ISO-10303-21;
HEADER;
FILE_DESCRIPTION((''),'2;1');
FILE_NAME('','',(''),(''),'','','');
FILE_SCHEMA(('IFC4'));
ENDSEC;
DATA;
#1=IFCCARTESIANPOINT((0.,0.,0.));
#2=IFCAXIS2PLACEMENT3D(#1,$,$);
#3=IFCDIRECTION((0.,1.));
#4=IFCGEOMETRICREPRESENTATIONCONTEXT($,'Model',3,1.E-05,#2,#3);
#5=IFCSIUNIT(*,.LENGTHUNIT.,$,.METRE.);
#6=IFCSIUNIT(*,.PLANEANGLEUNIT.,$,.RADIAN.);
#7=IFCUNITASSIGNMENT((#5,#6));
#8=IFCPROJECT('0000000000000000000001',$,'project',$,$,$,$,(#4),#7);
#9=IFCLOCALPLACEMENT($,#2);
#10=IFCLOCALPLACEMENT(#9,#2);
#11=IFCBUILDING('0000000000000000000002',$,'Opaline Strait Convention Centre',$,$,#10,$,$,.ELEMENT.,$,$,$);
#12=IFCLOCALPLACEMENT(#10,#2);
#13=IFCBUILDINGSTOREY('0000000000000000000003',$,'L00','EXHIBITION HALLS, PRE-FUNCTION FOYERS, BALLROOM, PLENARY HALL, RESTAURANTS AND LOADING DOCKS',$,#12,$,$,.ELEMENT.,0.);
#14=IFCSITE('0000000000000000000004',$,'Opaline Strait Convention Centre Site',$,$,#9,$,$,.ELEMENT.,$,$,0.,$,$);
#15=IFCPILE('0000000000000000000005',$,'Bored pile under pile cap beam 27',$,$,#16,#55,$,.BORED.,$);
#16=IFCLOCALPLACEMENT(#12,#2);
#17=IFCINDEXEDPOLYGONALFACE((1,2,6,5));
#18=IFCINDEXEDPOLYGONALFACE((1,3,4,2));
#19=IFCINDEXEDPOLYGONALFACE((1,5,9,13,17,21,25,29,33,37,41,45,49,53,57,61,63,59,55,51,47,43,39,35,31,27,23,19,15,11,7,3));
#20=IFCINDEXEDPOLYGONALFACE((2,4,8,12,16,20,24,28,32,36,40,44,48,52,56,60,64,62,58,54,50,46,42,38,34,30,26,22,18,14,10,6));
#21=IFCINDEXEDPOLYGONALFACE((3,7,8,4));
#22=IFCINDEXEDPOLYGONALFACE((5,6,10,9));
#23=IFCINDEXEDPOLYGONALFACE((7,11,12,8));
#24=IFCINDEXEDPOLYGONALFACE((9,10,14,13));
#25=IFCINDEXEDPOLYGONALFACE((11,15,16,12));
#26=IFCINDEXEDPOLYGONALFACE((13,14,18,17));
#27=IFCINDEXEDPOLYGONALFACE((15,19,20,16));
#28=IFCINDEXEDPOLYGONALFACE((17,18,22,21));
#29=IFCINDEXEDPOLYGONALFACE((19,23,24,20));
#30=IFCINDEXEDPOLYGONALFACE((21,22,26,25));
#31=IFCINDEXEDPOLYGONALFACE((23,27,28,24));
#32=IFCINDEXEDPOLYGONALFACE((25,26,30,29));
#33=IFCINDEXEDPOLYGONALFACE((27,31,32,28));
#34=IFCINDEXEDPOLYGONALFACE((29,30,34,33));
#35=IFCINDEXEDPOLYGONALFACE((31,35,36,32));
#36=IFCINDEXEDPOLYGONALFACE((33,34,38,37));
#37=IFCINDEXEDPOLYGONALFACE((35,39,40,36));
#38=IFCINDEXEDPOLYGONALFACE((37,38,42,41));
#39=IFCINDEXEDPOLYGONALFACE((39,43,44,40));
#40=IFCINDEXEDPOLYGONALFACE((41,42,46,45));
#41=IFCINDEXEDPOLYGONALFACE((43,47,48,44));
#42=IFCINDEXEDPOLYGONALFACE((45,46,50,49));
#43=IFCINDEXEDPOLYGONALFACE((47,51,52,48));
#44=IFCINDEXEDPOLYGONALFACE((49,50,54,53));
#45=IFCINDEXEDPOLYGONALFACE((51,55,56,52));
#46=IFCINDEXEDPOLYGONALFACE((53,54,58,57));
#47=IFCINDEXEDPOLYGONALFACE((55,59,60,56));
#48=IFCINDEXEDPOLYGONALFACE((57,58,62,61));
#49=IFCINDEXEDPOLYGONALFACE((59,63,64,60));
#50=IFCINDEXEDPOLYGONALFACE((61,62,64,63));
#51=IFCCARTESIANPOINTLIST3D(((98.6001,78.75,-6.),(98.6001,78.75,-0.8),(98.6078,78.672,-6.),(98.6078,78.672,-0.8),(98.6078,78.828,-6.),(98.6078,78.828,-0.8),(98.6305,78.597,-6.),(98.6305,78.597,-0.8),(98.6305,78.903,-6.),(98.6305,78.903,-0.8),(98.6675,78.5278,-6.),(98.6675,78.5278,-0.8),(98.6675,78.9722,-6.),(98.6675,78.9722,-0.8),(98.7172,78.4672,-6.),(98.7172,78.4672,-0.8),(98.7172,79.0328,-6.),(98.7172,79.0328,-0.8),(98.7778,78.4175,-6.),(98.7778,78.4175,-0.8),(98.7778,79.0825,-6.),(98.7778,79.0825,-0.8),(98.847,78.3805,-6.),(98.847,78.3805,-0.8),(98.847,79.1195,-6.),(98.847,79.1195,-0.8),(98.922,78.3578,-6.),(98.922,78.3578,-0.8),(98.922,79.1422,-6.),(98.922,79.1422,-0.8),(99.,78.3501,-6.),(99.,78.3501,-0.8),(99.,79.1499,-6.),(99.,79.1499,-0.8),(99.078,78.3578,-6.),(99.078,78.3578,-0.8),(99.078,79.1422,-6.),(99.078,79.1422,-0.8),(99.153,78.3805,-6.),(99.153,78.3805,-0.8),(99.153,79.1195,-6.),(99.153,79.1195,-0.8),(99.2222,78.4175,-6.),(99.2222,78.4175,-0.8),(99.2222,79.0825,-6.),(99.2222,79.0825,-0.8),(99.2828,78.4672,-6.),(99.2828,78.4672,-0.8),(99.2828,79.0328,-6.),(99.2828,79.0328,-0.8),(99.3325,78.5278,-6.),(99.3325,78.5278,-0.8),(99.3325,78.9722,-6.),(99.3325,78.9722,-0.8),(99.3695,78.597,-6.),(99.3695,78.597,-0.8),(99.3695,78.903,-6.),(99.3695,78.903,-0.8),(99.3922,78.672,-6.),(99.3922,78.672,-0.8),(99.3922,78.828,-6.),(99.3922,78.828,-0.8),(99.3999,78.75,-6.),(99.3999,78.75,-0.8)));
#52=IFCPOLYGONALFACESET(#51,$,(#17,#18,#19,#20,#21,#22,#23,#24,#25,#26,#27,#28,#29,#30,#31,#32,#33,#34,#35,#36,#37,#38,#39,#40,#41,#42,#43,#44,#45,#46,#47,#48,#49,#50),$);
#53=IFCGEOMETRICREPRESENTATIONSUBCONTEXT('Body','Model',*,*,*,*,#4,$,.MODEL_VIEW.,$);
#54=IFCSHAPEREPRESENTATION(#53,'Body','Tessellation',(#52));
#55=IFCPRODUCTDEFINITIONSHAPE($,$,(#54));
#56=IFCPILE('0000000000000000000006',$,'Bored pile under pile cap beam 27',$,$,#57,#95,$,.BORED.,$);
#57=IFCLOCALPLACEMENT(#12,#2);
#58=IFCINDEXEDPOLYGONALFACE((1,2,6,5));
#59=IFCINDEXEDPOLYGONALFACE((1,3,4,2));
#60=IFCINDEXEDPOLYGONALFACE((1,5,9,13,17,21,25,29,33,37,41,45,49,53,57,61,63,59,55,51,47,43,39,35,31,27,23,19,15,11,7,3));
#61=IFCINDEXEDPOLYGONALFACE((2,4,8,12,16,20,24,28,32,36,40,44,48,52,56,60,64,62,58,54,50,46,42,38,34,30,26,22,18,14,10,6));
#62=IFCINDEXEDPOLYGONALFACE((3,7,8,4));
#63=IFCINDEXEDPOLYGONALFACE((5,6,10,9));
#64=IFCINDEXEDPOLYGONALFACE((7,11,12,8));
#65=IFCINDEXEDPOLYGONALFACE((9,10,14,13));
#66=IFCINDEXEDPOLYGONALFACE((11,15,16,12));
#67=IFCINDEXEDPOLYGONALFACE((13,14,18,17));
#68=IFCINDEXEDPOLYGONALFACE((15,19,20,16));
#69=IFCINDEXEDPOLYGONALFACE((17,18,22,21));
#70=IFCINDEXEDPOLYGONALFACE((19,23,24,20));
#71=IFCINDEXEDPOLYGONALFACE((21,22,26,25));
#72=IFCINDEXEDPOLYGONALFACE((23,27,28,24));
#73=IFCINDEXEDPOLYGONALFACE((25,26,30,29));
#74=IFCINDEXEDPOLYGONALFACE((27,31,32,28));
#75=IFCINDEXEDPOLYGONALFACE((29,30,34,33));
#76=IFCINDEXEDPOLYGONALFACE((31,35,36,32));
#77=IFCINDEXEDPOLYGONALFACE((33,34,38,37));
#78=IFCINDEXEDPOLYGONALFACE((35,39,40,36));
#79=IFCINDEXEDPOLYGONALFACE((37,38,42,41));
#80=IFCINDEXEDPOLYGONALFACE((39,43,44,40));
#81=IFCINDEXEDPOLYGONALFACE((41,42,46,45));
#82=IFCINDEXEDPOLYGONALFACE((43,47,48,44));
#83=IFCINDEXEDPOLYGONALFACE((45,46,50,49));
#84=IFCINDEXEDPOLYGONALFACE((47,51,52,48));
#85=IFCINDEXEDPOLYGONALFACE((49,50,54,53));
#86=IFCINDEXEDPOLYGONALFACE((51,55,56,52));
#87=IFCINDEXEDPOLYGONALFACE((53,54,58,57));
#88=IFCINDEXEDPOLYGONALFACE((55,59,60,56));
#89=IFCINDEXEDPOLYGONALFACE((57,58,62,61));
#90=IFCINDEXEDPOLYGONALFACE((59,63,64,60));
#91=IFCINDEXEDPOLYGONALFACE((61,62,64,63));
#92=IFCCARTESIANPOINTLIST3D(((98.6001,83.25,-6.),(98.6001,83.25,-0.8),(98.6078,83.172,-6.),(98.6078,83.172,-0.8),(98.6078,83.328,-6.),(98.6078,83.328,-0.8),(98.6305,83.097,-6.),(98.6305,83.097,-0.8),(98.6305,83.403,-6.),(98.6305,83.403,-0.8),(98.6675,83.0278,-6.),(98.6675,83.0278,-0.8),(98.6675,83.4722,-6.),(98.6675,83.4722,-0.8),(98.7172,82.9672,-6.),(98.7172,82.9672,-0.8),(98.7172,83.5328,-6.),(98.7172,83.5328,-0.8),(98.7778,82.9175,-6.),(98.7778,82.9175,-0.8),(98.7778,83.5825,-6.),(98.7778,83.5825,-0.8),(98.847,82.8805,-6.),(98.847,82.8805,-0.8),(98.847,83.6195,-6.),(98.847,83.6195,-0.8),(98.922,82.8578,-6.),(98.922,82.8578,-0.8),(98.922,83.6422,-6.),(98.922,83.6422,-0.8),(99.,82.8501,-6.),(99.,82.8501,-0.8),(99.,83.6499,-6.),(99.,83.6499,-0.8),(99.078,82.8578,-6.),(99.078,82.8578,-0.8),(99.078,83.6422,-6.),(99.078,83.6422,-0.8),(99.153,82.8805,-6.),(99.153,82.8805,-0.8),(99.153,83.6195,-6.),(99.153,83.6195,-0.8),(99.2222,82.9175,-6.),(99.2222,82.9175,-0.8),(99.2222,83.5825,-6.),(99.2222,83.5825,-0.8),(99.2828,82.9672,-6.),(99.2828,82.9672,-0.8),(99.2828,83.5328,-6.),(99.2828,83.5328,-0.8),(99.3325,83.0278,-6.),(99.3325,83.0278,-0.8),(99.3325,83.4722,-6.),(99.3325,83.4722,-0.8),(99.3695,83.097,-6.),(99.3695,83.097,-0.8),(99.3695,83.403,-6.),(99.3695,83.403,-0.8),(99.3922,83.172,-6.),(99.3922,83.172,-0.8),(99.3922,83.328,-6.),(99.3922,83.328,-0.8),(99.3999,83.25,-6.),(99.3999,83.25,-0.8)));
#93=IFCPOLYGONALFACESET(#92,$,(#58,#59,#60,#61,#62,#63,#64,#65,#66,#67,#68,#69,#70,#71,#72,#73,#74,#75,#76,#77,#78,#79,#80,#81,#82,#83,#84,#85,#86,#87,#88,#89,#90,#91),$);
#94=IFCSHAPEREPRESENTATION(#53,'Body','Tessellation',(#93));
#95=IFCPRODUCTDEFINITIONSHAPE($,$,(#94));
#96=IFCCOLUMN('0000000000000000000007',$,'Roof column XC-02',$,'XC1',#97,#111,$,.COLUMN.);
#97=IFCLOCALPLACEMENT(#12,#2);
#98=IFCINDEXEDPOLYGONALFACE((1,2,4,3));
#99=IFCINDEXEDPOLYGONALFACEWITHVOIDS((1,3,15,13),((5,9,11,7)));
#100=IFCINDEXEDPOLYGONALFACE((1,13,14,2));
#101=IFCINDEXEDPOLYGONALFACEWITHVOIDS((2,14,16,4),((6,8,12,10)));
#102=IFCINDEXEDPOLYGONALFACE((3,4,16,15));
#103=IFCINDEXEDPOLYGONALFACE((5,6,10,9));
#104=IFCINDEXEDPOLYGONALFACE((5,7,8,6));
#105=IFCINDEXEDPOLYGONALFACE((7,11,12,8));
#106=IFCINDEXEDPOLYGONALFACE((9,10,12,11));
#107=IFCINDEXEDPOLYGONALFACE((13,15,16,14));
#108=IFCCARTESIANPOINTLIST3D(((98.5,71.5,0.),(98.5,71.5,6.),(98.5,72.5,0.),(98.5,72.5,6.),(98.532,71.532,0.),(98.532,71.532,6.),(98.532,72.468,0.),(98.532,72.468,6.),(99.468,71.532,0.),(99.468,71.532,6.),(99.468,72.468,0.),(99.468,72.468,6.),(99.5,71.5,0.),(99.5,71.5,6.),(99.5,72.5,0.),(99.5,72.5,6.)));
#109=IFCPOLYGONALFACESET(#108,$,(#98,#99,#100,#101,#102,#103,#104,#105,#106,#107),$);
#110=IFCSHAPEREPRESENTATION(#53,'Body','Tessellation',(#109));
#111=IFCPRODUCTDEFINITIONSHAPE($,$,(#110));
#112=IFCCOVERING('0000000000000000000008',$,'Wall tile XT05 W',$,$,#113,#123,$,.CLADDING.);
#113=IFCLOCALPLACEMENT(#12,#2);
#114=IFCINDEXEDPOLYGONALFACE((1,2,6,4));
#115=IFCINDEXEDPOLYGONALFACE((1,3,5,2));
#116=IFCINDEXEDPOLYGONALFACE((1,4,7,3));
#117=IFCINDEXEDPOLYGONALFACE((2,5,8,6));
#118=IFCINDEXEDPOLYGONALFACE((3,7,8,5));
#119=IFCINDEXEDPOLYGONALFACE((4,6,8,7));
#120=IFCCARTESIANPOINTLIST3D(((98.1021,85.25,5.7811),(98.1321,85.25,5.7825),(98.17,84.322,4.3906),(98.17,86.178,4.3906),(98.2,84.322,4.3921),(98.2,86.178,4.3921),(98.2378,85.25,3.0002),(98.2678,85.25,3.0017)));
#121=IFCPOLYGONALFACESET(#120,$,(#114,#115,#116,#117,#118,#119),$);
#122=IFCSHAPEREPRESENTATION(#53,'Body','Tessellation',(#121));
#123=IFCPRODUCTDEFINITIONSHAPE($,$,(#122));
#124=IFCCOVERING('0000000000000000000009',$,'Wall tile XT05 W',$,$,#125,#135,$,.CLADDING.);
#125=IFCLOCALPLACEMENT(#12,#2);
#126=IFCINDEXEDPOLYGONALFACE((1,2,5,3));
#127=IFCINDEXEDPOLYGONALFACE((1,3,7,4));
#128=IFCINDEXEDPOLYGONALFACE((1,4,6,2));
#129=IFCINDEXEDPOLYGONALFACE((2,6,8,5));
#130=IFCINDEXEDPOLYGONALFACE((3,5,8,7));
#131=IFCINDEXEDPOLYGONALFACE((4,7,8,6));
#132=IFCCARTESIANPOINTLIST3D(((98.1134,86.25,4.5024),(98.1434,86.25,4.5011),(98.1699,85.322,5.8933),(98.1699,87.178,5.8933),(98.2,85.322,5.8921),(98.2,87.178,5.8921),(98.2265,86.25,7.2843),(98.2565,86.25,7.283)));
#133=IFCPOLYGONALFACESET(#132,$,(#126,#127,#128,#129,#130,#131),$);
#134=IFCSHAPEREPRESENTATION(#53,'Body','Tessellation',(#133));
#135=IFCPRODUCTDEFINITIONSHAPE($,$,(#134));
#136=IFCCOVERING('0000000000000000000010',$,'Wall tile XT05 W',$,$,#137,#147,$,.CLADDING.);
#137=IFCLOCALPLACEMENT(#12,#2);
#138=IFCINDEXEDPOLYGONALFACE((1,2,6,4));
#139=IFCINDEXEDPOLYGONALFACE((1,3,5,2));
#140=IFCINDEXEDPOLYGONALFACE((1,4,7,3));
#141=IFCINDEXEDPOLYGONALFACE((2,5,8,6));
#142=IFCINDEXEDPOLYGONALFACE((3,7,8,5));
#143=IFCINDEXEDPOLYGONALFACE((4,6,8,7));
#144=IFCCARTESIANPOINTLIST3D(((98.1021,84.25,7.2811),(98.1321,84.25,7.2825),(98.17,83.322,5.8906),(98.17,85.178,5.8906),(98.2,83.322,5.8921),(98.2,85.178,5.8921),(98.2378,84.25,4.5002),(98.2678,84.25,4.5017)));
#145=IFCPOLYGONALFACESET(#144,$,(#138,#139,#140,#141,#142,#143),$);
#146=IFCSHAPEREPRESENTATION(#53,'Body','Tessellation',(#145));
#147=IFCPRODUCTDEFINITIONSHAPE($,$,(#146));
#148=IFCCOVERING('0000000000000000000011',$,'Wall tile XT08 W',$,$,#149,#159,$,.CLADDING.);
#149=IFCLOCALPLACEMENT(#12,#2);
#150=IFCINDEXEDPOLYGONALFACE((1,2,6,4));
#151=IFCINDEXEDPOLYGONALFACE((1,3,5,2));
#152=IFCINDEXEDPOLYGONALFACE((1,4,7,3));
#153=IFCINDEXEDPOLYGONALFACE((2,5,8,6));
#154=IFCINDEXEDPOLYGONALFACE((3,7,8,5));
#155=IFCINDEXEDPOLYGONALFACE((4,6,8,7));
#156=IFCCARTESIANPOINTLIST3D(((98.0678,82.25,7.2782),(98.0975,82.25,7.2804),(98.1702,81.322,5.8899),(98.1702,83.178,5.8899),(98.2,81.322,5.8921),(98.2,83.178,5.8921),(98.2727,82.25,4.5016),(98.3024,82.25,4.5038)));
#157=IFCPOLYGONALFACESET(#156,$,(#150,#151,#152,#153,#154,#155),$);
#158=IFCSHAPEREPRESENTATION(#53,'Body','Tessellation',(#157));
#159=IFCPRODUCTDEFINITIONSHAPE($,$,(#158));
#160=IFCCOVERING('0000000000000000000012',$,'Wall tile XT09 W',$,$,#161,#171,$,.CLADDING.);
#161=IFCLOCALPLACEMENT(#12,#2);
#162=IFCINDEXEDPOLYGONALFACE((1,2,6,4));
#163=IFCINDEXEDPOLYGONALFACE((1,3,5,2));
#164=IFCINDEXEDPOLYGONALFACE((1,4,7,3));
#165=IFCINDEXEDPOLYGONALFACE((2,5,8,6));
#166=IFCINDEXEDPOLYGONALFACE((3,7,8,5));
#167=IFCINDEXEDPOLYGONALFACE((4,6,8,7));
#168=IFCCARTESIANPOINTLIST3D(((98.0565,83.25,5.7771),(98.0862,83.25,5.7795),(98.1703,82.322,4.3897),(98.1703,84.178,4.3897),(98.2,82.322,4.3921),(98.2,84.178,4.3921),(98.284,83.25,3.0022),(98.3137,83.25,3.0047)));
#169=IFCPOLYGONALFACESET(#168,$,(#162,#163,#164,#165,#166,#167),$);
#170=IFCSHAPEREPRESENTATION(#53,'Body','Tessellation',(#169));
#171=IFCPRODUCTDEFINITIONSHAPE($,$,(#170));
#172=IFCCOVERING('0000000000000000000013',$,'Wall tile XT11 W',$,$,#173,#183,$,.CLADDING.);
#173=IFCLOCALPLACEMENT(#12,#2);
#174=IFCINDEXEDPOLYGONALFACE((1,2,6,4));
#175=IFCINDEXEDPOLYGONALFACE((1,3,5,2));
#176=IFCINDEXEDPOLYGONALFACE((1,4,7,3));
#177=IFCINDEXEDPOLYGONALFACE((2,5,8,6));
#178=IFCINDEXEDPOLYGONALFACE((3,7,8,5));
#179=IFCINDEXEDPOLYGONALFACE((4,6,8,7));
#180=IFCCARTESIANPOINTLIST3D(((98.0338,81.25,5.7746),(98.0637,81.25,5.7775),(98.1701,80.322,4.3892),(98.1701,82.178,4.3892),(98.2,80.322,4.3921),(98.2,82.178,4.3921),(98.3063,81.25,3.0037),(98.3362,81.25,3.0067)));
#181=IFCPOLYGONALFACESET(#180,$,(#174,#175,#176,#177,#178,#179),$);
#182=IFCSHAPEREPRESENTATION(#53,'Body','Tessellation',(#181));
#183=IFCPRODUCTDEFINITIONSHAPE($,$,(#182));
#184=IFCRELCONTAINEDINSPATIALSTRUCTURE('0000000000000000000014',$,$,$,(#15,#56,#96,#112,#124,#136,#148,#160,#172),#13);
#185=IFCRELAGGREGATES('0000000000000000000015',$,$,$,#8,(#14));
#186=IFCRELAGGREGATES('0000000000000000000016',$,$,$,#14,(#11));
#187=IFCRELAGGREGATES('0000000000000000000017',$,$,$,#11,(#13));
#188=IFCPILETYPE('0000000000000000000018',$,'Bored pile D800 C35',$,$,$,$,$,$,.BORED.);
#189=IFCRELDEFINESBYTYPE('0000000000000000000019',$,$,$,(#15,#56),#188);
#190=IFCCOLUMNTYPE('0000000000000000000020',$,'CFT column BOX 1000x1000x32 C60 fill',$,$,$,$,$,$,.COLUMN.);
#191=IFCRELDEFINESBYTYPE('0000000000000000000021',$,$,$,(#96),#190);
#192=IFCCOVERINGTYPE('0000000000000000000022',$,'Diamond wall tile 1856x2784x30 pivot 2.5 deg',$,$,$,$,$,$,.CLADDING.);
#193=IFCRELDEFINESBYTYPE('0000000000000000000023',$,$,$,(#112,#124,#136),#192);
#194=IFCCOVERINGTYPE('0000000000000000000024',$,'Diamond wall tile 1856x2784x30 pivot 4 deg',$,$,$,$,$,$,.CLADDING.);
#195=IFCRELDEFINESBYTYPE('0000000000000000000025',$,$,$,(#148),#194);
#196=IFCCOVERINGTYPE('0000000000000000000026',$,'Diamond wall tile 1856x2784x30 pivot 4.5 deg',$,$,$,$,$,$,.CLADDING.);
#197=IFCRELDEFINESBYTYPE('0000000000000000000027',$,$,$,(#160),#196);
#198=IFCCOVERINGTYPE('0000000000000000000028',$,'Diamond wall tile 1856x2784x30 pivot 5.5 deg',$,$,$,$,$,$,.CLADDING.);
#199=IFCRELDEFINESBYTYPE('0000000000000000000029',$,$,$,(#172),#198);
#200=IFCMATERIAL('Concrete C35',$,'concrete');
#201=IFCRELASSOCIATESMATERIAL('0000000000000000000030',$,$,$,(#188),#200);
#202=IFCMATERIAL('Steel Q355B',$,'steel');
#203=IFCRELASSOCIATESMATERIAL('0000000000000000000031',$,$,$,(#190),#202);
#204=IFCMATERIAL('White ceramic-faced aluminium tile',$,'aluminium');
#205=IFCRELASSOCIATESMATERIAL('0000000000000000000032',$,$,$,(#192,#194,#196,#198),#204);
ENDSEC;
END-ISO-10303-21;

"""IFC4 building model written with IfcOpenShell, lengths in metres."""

from ifc_helpers import new_model, si_unit, direction, frame, origin, origin_2d, place, context, subcontext, project, spatial, polyline, hollow_rectangle, circle, outline, extrude, material, material_profile, profile_set, type_object, element, save


model = new_model("IFC4")

# Units and contexts
model_context = context("Model", 3, precision=1e-05, world=origin(), true_north=direction((0.0, 1.0)))
body_context = subcontext(model_context, "Body", "Model", "MODEL_VIEW")
ifc_project = project(units=[si_unit("LENGTHUNIT", "METRE"), si_unit("PLANEANGLEUNIT", "RADIAN")], contexts=[model_context])

# Site, building, storey
site_placement = place(None, origin())
site = spatial("IfcSite", under=ifc_project, at=site_placement, Name="Opaline Strait Convention Centre Site", CompositionType="ELEMENT", RefElevation=0.0)
building_placement = place(site_placement, origin())
building = spatial("IfcBuilding", under=site, at=building_placement, Name="Opaline Strait Convention Centre", CompositionType="ELEMENT")
storey_placement = place(building_placement, origin())
storey = spatial("IfcBuildingStorey", under=building, at=storey_placement, Name="L00", Description="EXHIBITION HALLS, PRE-FUNCTION FOYERS, BALLROOM, PLENARY HALL, RESTAURANTS AND LOADING DOCKS", CompositionType="ELEMENT", Elevation=0.0)

# Piles
ifc_material_1 = material(Name="Concrete C35", Category="concrete")
ifc_material_profile_1 = material_profile(ifc_material_1, circle(Radius=0.3999, at=origin_2d()), Name="D800")
ifc_profile_set_1 = profile_set([ifc_material_profile_1], Name="Concrete C35")
pile_type = type_object("IfcPileType", Name="Bored pile D800 C35", PredefinedType="BORED", material=ifc_profile_set_1)
for number, where, z_axis, x_axis, name in (
    (1, (99.0, 78.75, -0.8), (0.0, 0.0, -1.0), (1.0, 0.0, 0.0), "Bored pile under pile cap beam 27"),
    (2, (99.0, 83.25, -0.8), (0.0, 0.0, -1.0), (1.0, 0.0, 0.0), "Bored pile under pile cap beam 27"),
):
    element("IfcPile", number, at=place(storey_placement, frame(where, z_axis=z_axis, x_axis=x_axis)), inside=storey, type_object=pile_type, Name=name, PredefinedType="BORED", context=body_context, shape_type="SweptSolid", body=[
        extrude(circle(Radius=0.3999, at=origin_2d()), origin(), (0.0, 0.0, 1.0), 5.2),
    ])

# Column
ifc_material_2 = material(Name="Steel Q355B", Category="steel")
ifc_material_profile_2 = material_profile(ifc_material_2, hollow_rectangle(XDim=1.0, YDim=1.0, WallThickness=0.032, at=origin_2d()), Name="BOX 1000x1000x32")
ifc_profile_set_2 = profile_set([ifc_material_profile_2], Name="Steel Q355B")
column_type = type_object("IfcColumnType", Name="CFT column BOX 1000x1000x32 C60 fill", PredefinedType="COLUMN", material=ifc_profile_set_2)
column_placement = place(storey_placement, frame((99.0, 72.0, 0.0), z_axis=(0.0, 0.0, 1.0), x_axis=(1.0, 0.0, 0.0)))
element("IfcColumn", 3, at=column_placement, inside=storey, type_object=column_type, Name="Roof column XC-02", ObjectType="XC1", PredefinedType="COLUMN", context=body_context, shape_type="SweptSolid", body=[
    extrude(hollow_rectangle(XDim=1.0, YDim=1.0, WallThickness=0.032, at=origin_2d()), origin(), (0.0, 0.0, 1.0), 6.0),
])

# Coverings
ifc_material_3 = material(Name="White ceramic-faced aluminium tile", Category="aluminium")
ifc_material_profile_3 = material_profile(ifc_material_3, outline(polyline([(0.928, 0.0), (0.0, 1.3921), (-0.928, 0.0), (0.0, -1.3921), (0.928, 0.0)])), Name="Diamond tile 1856x2784")
ifc_profile_set_3 = profile_set([ifc_material_profile_3], Name="White ceramic-faced aluminium tile")
covering_type_1 = type_object("IfcCoveringType", Name="Diamond wall tile 1856x2784x30 pivot 2.5 deg", PredefinedType="CLADDING", material=ifc_profile_set_3)
for number, where, z_axis, x_axis, name in (
    (4, (98.2, 85.25, 4.3921), (-0.998812, 0.0, -0.048723), (0.0, -1.0, 0.0), "Wall tile XT05 W"),
    (5, (98.2, 86.25, 5.8921), (-0.999175, 0.0, 0.040617), (0.0, -1.0, 0.0), "Wall tile XT05 W"),
    (6, (98.2, 84.25, 5.8921), (-0.998812, 0.0, -0.048723), (0.0, -1.0, 0.0), "Wall tile XT05 W"),
):
    element("IfcCovering", number, at=place(storey_placement, frame(where, z_axis=z_axis, x_axis=x_axis)), inside=storey, type_object=covering_type_1, Name=name, PredefinedType="CLADDING", context=body_context, shape_type="SweptSolid", body=[
        extrude(outline(polyline([(0.928, 0.0), (0.0, 1.3921), (-0.928, 0.0), (0.0, -1.3921), (0.928, 0.0)])), origin(), (0.0, 0.0, 1.0), 0.03),
    ])
ifc_material_profile_4 = material_profile(ifc_material_3, outline(polyline([(0.928, 0.0), (0.0, 1.3921), (-0.928, 0.0), (0.0, -1.3921), (0.928, 0.0)])), Name="Diamond tile 1856x2784")
ifc_profile_set_4 = profile_set([ifc_material_profile_4], Name="White ceramic-faced aluminium tile")
covering_type_2 = type_object("IfcCoveringType", Name="Diamond wall tile 1856x2784x30 pivot 4 deg", PredefinedType="CLADDING", material=ifc_profile_set_4)
covering_1_placement = place(storey_placement, frame((98.2, 82.25, 5.8921), z_axis=(-0.99729, 0.0, -0.073571), x_axis=(0.0, -1.0, 0.0)))
element("IfcCovering", 7, at=covering_1_placement, inside=storey, type_object=covering_type_2, Name="Wall tile XT08 W", PredefinedType="CLADDING", context=body_context, shape_type="SweptSolid", body=[
    extrude(outline(polyline([(0.928, 0.0), (0.0, 1.3921), (-0.928, 0.0), (0.0, -1.3921), (0.928, 0.0)])), origin(), (0.0, 0.0, 1.0), 0.0298),
])
ifc_material_profile_5 = material_profile(ifc_material_3, outline(polyline([(0.928, 0.0), (0.0, 1.3921), (-0.928, 0.0), (0.0, -1.3921), (0.928, 0.0)])), Name="Diamond tile 1856x2784")
ifc_profile_set_5 = profile_set([ifc_material_profile_5], Name="White ceramic-faced aluminium tile")
covering_type_3 = type_object("IfcCoveringType", Name="Diamond wall tile 1856x2784x30 pivot 4.5 deg", PredefinedType="CLADDING", material=ifc_profile_set_5)
covering_2_placement = place(storey_placement, frame((98.2, 83.25, 4.3921), z_axis=(-0.996658, 0.0, -0.081693), x_axis=(0.0, -1.0, 0.0)))
element("IfcCovering", 8, at=covering_2_placement, inside=storey, type_object=covering_type_3, Name="Wall tile XT09 W", PredefinedType="CLADDING", context=body_context, shape_type="SweptSolid", body=[
    extrude(outline(polyline([(0.928, 0.0), (0.0, 1.3921), (-0.928, 0.0), (0.0, -1.3921), (0.928, 0.0)])), origin(), (0.0, 0.0, 1.0), 0.0298),
])
ifc_material_profile_6 = material_profile(ifc_material_3, outline(polyline([(0.928, 0.0), (0.0, 1.3921), (-0.928, 0.0), (0.0, -1.3921), (0.928, 0.0)])), Name="Diamond tile 1856x2784")
ifc_profile_set_6 = profile_set([ifc_material_profile_6], Name="White ceramic-faced aluminium tile")
covering_type_4 = type_object("IfcCoveringType", Name="Diamond wall tile 1856x2784x30 pivot 5.5 deg", PredefinedType="CLADDING", material=ifc_profile_set_6)
covering_3_placement = place(storey_placement, frame((98.2, 81.25, 4.3921), z_axis=(-0.995197, 0.0, -0.097888), x_axis=(0.0, -1.0, 0.0)))
element("IfcCovering", 9, at=covering_3_placement, inside=storey, type_object=covering_type_4, Name="Wall tile XT11 W", PredefinedType="CLADDING", context=body_context, shape_type="SweptSolid", body=[
    extrude(outline(polyline([(0.928, 0.0), (0.0, 1.3921), (-0.928, 0.0), (0.0, -1.3921), (0.928, 0.0)])), origin(), (0.0, 0.0, 1.0), 0.03),
])

save(model, "model.ifc")
